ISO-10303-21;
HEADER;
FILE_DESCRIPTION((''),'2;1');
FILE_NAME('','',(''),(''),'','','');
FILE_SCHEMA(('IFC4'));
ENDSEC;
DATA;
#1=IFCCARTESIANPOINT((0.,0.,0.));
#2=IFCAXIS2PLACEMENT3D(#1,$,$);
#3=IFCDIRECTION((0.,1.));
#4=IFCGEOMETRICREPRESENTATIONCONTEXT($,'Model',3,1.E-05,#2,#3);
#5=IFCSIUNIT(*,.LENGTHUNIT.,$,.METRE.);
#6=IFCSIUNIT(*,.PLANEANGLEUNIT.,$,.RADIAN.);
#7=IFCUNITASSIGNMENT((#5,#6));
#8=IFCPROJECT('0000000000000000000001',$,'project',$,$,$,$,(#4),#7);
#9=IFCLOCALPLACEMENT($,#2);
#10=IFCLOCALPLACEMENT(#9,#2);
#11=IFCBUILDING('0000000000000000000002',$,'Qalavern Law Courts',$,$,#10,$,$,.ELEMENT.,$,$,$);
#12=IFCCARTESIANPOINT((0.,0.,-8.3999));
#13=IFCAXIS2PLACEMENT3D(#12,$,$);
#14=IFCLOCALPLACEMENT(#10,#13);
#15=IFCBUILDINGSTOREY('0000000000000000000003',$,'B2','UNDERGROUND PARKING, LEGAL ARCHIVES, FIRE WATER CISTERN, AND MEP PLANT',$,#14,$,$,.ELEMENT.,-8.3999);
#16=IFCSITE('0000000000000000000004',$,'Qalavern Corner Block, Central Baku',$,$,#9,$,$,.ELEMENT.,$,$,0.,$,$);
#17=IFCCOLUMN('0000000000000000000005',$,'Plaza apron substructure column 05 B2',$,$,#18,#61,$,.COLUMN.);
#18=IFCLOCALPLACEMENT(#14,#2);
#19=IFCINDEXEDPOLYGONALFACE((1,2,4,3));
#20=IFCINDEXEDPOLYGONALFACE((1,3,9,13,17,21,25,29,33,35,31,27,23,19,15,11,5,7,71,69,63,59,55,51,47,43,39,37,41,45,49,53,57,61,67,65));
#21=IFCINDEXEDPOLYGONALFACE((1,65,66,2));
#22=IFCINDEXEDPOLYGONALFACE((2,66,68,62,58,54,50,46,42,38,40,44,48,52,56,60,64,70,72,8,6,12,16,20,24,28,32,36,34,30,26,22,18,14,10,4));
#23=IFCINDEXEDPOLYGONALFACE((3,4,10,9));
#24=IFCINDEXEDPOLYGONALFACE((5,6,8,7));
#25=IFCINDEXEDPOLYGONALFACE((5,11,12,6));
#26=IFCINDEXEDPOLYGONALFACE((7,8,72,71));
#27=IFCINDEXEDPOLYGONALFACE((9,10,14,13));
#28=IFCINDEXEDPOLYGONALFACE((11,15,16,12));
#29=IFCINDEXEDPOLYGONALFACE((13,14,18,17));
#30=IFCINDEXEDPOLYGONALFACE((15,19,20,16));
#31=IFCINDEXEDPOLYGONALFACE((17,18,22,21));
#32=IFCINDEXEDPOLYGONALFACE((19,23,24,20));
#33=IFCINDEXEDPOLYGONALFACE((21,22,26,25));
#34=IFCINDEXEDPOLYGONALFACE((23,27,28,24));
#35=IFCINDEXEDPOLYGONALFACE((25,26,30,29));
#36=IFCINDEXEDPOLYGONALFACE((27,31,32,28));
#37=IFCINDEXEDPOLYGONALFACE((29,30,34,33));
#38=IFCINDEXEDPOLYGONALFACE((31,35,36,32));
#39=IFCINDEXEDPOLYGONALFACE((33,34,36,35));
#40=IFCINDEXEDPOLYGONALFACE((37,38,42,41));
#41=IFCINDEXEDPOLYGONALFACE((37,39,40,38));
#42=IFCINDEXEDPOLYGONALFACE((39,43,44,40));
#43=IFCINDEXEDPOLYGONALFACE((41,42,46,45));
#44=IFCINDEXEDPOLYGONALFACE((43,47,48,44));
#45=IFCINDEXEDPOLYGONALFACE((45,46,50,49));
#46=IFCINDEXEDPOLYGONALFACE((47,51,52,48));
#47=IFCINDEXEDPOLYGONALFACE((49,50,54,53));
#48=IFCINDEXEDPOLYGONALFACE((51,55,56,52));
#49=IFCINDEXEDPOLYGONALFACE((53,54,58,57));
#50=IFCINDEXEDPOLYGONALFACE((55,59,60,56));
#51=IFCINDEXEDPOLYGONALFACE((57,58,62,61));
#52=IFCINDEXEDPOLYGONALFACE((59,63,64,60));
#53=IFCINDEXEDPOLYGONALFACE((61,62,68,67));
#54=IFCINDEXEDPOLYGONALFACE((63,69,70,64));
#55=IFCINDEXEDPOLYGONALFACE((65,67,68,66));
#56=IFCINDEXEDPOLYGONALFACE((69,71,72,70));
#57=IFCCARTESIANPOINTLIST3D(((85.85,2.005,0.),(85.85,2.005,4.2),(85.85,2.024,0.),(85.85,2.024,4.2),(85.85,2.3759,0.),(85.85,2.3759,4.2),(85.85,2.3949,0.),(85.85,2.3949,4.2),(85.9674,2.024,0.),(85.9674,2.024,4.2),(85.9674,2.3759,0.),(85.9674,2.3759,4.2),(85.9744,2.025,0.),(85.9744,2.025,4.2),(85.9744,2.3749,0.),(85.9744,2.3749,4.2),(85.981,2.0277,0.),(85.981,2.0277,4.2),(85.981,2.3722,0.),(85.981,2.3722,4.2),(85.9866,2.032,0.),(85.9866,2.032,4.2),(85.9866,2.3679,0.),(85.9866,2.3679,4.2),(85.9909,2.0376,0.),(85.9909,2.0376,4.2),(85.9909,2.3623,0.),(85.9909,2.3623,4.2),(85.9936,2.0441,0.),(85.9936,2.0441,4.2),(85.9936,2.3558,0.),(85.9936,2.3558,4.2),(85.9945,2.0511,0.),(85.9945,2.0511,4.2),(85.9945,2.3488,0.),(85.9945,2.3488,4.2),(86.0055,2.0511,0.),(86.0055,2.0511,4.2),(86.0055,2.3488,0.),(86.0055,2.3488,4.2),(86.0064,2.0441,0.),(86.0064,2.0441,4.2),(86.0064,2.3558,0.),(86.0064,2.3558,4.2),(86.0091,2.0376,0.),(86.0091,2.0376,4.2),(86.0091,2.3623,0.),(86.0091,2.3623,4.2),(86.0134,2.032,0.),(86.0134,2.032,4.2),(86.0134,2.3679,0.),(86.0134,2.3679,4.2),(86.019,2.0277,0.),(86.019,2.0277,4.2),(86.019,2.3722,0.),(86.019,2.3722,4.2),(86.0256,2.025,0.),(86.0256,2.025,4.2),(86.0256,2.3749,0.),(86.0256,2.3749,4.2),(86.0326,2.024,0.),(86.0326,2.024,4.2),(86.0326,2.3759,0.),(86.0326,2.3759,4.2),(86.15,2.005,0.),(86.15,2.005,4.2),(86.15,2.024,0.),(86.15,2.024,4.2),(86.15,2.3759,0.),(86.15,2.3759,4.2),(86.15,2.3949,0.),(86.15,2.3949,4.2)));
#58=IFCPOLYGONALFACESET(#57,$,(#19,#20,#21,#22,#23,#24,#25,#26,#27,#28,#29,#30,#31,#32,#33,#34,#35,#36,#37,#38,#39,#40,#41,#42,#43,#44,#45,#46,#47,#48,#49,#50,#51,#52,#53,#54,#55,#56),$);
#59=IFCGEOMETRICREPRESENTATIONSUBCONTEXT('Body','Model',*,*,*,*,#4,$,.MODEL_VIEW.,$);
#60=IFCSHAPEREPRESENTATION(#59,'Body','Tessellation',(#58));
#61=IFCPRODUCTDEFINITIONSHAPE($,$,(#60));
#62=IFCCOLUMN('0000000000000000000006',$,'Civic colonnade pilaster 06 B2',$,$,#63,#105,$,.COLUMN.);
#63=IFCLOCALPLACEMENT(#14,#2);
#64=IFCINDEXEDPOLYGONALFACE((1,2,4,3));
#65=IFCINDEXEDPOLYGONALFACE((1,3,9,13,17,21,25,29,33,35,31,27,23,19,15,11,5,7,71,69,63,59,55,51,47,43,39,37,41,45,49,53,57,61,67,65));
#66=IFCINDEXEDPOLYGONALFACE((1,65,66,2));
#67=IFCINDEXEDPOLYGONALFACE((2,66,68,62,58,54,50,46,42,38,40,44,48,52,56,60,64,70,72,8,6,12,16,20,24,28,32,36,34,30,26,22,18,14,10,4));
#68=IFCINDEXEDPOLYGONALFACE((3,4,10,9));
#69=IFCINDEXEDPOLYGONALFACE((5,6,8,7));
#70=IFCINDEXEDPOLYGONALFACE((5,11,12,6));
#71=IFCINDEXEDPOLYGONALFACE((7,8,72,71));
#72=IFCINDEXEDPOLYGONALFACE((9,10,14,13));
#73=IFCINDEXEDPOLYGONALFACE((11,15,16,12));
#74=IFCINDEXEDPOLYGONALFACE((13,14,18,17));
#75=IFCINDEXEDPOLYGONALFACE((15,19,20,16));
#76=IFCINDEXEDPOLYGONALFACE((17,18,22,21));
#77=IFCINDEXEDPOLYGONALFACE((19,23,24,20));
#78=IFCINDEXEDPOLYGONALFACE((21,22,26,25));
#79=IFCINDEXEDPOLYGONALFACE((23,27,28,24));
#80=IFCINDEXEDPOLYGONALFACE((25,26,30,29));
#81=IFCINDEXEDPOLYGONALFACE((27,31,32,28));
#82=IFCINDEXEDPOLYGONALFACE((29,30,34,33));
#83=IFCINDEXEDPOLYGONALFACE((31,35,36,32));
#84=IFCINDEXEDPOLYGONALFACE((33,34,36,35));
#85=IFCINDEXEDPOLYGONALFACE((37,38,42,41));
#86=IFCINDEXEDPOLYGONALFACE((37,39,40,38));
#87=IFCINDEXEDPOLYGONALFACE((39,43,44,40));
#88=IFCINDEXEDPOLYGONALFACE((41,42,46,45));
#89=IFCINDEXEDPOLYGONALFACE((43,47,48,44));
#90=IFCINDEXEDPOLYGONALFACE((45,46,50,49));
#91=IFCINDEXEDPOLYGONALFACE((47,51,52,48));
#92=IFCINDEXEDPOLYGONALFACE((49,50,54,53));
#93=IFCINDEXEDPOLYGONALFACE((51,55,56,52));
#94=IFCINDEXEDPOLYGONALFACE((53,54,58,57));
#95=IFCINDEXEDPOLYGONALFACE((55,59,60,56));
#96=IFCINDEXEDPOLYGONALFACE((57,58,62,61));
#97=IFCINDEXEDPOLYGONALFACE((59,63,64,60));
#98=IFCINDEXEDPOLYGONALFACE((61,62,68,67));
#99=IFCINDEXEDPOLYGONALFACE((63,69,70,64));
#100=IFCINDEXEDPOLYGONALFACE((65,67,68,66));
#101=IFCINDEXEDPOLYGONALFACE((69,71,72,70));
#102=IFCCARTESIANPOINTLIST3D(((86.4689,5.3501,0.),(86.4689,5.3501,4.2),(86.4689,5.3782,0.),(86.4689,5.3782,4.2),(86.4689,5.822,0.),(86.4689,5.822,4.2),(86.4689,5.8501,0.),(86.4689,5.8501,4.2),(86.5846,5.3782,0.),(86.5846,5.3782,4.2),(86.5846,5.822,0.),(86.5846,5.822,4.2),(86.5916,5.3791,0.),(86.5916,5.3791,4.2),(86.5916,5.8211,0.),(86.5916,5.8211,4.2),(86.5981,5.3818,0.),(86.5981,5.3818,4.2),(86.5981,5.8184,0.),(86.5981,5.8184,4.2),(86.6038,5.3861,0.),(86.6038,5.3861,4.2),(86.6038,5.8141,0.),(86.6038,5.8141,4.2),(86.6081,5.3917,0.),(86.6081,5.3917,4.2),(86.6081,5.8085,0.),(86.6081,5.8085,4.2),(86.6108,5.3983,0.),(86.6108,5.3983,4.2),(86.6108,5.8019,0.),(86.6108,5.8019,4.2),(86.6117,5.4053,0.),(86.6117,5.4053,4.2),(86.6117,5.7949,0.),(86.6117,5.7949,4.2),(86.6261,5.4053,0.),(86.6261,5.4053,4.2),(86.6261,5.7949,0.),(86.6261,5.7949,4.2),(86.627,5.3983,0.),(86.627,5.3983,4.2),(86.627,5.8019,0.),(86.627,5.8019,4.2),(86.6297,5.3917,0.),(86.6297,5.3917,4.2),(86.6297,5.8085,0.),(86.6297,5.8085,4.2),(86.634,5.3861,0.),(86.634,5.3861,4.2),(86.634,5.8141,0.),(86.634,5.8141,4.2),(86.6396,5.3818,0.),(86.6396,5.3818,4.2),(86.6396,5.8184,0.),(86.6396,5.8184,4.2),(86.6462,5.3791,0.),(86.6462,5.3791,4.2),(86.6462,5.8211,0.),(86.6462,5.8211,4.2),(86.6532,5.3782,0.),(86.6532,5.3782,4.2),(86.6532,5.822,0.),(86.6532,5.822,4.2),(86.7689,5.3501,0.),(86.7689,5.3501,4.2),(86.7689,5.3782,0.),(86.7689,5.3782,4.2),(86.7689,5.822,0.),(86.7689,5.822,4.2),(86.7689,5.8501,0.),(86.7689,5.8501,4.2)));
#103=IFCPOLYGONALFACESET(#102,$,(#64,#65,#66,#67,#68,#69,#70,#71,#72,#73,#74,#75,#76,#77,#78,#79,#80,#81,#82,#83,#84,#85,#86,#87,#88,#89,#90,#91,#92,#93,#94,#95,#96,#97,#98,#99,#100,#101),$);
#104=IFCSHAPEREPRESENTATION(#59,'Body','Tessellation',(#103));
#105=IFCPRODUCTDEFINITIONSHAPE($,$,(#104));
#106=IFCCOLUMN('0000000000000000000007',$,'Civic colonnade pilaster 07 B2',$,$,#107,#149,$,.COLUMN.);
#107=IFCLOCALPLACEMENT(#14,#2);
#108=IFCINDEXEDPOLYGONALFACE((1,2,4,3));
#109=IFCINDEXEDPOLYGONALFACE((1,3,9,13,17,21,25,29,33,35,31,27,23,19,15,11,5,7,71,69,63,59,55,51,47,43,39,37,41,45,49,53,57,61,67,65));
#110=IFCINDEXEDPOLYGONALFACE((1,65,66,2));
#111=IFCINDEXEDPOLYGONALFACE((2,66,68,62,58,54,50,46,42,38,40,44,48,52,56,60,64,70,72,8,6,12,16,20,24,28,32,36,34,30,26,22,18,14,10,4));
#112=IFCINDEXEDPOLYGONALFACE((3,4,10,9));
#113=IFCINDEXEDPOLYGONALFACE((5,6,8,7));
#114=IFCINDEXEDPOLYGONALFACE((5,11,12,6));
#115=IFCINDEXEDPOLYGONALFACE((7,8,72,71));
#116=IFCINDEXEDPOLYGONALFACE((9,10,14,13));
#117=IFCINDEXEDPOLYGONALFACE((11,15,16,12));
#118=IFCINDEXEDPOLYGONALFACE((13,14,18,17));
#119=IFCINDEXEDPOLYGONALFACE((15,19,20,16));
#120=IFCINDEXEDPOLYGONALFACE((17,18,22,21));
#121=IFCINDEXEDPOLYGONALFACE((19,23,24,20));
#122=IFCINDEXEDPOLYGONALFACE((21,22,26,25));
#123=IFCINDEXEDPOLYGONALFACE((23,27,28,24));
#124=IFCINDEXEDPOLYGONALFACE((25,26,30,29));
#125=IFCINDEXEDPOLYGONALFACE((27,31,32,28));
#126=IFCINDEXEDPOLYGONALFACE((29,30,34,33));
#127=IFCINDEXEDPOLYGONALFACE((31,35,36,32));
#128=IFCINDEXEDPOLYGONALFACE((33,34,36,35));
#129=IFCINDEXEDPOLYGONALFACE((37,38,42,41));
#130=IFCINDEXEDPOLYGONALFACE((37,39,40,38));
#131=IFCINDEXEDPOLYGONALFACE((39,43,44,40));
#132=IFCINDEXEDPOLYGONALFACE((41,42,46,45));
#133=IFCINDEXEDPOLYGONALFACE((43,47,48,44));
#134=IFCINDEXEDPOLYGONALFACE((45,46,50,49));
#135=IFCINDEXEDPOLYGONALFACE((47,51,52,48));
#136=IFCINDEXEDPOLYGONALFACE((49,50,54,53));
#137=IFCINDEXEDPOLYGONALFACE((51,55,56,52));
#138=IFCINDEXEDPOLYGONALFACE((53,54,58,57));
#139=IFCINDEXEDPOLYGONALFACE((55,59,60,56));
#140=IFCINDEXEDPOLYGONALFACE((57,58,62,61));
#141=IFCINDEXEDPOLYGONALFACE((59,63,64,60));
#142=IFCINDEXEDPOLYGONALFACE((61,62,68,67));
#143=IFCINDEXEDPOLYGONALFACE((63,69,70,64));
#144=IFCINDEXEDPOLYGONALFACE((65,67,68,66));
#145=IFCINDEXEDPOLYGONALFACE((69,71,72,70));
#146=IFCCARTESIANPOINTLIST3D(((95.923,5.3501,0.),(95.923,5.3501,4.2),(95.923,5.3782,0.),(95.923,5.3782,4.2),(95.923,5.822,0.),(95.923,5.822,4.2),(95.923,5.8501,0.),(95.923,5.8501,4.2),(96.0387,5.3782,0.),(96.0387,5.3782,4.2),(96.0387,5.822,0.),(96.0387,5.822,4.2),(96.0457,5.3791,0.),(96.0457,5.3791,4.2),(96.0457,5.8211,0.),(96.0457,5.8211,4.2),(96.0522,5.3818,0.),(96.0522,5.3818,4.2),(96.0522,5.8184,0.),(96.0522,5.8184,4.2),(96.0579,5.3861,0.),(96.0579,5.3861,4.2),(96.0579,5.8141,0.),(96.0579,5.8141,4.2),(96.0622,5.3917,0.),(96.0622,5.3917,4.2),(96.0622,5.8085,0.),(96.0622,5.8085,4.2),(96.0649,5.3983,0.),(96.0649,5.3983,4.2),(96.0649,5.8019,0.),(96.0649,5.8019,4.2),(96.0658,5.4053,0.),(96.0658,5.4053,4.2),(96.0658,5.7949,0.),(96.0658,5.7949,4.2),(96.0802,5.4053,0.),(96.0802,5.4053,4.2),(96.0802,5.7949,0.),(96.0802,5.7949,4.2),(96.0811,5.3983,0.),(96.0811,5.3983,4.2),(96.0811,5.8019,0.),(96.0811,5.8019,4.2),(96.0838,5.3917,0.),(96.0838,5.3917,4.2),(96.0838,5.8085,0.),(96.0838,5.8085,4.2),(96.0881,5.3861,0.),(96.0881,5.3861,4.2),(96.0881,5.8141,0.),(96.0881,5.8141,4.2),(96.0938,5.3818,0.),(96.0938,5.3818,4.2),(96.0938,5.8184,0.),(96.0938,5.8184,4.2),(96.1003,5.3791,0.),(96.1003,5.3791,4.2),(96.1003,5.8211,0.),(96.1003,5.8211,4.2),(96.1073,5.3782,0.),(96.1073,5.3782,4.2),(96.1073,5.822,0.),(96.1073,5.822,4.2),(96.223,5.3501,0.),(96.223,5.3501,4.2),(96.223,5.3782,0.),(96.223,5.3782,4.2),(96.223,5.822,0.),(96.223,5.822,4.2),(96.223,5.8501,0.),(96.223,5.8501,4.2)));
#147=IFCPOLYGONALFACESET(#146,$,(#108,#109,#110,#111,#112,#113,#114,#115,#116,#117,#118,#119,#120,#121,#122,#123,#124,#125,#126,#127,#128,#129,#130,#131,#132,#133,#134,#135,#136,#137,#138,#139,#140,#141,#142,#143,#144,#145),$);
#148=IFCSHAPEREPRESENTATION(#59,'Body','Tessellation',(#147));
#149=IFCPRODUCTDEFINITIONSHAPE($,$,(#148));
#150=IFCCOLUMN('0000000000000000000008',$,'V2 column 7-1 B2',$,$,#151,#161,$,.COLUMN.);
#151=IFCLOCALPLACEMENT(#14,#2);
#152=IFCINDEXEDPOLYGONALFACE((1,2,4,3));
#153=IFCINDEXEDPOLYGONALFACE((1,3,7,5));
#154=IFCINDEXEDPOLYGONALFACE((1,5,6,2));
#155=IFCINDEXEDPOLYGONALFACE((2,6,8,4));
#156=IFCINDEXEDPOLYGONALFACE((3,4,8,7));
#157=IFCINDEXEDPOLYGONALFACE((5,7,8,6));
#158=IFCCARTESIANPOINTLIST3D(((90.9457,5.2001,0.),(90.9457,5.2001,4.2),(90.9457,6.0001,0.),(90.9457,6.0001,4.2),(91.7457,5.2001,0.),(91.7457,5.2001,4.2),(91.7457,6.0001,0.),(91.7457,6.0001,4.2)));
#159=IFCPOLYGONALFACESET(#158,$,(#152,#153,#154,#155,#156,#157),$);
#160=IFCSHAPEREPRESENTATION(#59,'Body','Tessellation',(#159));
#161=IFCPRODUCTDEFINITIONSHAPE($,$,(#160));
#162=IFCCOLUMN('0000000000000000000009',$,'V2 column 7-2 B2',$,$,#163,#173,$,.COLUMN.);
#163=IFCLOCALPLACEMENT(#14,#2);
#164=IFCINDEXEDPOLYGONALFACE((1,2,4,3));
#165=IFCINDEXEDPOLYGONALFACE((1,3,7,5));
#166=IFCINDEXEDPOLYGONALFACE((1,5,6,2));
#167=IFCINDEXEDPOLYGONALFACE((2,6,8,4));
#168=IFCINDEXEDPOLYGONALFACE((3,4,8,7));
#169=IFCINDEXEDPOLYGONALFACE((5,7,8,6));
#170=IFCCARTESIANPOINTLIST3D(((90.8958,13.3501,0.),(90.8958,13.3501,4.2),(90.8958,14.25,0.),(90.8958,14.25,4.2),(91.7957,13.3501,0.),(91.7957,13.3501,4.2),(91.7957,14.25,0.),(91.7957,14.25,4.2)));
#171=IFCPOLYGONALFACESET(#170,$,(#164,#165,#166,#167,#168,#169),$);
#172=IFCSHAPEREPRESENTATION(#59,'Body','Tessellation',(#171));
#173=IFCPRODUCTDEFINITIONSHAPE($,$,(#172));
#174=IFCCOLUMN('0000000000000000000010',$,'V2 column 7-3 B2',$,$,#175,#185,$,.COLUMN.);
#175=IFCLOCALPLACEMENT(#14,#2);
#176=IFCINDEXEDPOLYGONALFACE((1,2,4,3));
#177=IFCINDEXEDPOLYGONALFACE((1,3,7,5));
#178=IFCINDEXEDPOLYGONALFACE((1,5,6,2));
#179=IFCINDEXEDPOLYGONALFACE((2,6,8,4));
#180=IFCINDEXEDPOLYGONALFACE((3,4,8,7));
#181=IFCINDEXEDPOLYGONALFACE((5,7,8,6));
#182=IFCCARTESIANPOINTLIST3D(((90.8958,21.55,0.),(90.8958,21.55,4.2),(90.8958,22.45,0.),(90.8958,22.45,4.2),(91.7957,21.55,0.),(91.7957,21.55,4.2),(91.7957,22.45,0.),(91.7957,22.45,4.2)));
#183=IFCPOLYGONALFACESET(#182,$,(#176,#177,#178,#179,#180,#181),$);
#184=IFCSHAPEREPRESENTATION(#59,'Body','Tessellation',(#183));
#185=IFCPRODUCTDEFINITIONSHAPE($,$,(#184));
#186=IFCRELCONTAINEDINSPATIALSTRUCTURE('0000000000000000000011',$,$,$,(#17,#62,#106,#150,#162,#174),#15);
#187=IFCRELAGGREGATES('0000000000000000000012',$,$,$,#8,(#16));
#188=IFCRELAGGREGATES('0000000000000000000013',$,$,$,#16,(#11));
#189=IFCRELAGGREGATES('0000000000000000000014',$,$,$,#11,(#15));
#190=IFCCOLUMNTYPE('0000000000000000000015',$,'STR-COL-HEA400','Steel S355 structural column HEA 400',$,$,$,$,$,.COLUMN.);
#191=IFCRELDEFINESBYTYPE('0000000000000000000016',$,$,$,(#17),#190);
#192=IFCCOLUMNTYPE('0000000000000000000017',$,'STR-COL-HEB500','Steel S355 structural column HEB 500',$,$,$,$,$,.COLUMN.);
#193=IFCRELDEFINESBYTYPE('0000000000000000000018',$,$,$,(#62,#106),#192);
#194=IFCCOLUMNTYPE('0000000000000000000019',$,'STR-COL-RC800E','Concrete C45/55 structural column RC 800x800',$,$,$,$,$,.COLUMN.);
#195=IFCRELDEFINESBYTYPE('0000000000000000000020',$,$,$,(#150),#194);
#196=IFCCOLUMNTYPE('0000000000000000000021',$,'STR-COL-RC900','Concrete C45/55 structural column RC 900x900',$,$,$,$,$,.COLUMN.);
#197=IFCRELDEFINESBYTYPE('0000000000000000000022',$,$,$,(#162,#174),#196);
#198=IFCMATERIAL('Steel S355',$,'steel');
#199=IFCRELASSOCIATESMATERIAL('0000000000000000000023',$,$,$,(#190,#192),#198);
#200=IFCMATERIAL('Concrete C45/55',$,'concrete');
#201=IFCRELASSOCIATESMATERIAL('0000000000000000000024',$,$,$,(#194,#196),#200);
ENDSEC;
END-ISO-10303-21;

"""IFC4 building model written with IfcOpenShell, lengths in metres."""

from ifc_helpers import new_model, si_unit, direction, frame, origin, origin_2d, place, context, subcontext, project, spatial, rectangle, i_section, extrude, material, material_profile, profile_set, type_object, element, save


model = new_model("IFC4")

# Units and contexts
model_context = context("Model", 3, precision=1e-05, world=origin(), true_north=direction((0.0, 1.0)))
body_context = subcontext(model_context, "Body", "Model", "MODEL_VIEW")
ifc_project = project(units=[si_unit("LENGTHUNIT", "METRE"), si_unit("PLANEANGLEUNIT", "RADIAN")], contexts=[model_context])

# Site, building, storey
site_placement = place(None, origin())
site = spatial("IfcSite", under=ifc_project, at=site_placement, Name="Qalavern Corner Block, Central Baku", CompositionType="ELEMENT", RefElevation=0.0)
building_placement = place(site_placement, origin())
building = spatial("IfcBuilding", under=site, at=building_placement, Name="Qalavern Law Courts", CompositionType="ELEMENT")
storey_placement = place(building_placement, frame((0.0, 0.0, -8.3999)))
storey = spatial("IfcBuildingStorey", under=building, at=storey_placement, Name="B2", Description="UNDERGROUND PARKING, LEGAL ARCHIVES, FIRE WATER CISTERN, AND MEP PLANT", CompositionType="ELEMENT", Elevation=-8.3999)

# Columns
ifc_material_1 = material(Name="Steel S355", Category="steel")
ifc_material_profile_1 = material_profile(ifc_material_1, i_section(OverallWidth=0.3, OverallDepth=0.3899, WebThickness=0.011, FlangeThickness=0.019, FilletRadius=0.0271, at=origin_2d()), Name="HEA 400")
ifc_profile_set_1 = profile_set([ifc_material_profile_1], Name="Steel S355")
column_type_1 = type_object("IfcColumnType", Name="STR-COL-HEA400", Description="Steel S355 structural column HEA 400", PredefinedType="COLUMN", material=ifc_profile_set_1)
column_1_placement = place(storey_placement, frame((86.0, 2.2, 0.0), z_axis=(0.0, 0.0, 1.0), x_axis=(1.0, 0.0, 0.0)))
element("IfcColumn", 1, at=column_1_placement, inside=storey, type_object=column_type_1, Name="Plaza apron substructure column 05 B2", PredefinedType="COLUMN", context=body_context, shape_type="SweptSolid", body=[
    extrude(i_section(OverallWidth=0.3, OverallDepth=0.3899, WebThickness=0.011, FlangeThickness=0.019, FilletRadius=0.0271, at=origin_2d()), origin(), (0.0, 0.0, 1.0), 4.2),
])
ifc_material_profile_2 = material_profile(ifc_material_1, i_section(OverallWidth=0.3, OverallDepth=0.5, WebThickness=0.0144, FlangeThickness=0.0281, FilletRadius=0.0271, at=origin_2d()), Name="HEB 500")
ifc_profile_set_2 = profile_set([ifc_material_profile_2], Name="Steel S355")
column_type_2 = type_object("IfcColumnType", Name="STR-COL-HEB500", Description="Steel S355 structural column HEB 500", PredefinedType="COLUMN", material=ifc_profile_set_2)
for number, where, z_axis, x_axis, name in (
    (2, (86.6189, 5.6001, 0.0), (0.0, 0.0, 1.0), (1.0, 0.0, 0.0), "Civic colonnade pilaster 06 B2"),
    (3, (96.073, 5.6001, 0.0), (0.0, 0.0, 1.0), (1.0, 0.0, 0.0), "Civic colonnade pilaster 07 B2"),
):
    element("IfcColumn", number, at=place(storey_placement, frame(where, z_axis=z_axis, x_axis=x_axis)), inside=storey, type_object=column_type_2, Name=name, PredefinedType="COLUMN", context=body_context, shape_type="SweptSolid", body=[
        extrude(i_section(OverallWidth=0.3, OverallDepth=0.5, WebThickness=0.0144, FlangeThickness=0.0281, FilletRadius=0.0271, at=origin_2d()), origin(), (0.0, 0.0, 1.0), 4.2),
    ])
ifc_material_2 = material(Name="Concrete C45/55", Category="concrete")
ifc_material_profile_3 = material_profile(ifc_material_2, rectangle(XDim=0.8, YDim=0.8, at=origin_2d()), Name="RC 800x800")
ifc_profile_set_3 = profile_set([ifc_material_profile_3], Name="Concrete C45/55")
column_type_3 = type_object("IfcColumnType", Name="STR-COL-RC800E", Description="Concrete C45/55 structural column RC 800x800", PredefinedType="COLUMN", material=ifc_profile_set_3)
column_2_placement = place(storey_placement, frame((91.3457, 5.6001, 0.0), z_axis=(0.0, 0.0, 1.0), x_axis=(1.0, 0.0, 0.0)))
element("IfcColumn", 4, at=column_2_placement, inside=storey, type_object=column_type_3, Name="V2 column 7-1 B2", PredefinedType="COLUMN", context=body_context, shape_type="SweptSolid", body=[
    extrude(rectangle(XDim=0.8, YDim=0.8, at=origin_2d()), origin(), (0.0, 0.0, 1.0), 4.2),
])
ifc_material_profile_4 = material_profile(ifc_material_2, rectangle(XDim=0.8999, YDim=0.8999, at=origin_2d()), Name="RC 900x900")
ifc_profile_set_4 = profile_set([ifc_material_profile_4], Name="Concrete C45/55")
column_type_4 = type_object("IfcColumnType", Name="STR-COL-RC900", Description="Concrete C45/55 structural column RC 900x900", PredefinedType="COLUMN", material=ifc_profile_set_4)
for number, where, z_axis, x_axis, name in (
    (5, (91.3457, 13.8, 0.0), (0.0, 0.0, 1.0), (1.0, 0.0, 0.0), "V2 column 7-2 B2"),
    (6, (91.3457, 22.0, 0.0), (0.0, 0.0, 1.0), (1.0, 0.0, 0.0), "V2 column 7-3 B2"),
):
    element("IfcColumn", number, at=place(storey_placement, frame(where, z_axis=z_axis, x_axis=x_axis)), inside=storey, type_object=column_type_4, Name=name, PredefinedType="COLUMN", context=body_context, shape_type="SweptSolid", body=[
        extrude(rectangle(XDim=0.8999, YDim=0.8999, at=origin_2d()), origin(), (0.0, 0.0, 1.0), 4.2),
    ])

save(model, "model.ifc")
